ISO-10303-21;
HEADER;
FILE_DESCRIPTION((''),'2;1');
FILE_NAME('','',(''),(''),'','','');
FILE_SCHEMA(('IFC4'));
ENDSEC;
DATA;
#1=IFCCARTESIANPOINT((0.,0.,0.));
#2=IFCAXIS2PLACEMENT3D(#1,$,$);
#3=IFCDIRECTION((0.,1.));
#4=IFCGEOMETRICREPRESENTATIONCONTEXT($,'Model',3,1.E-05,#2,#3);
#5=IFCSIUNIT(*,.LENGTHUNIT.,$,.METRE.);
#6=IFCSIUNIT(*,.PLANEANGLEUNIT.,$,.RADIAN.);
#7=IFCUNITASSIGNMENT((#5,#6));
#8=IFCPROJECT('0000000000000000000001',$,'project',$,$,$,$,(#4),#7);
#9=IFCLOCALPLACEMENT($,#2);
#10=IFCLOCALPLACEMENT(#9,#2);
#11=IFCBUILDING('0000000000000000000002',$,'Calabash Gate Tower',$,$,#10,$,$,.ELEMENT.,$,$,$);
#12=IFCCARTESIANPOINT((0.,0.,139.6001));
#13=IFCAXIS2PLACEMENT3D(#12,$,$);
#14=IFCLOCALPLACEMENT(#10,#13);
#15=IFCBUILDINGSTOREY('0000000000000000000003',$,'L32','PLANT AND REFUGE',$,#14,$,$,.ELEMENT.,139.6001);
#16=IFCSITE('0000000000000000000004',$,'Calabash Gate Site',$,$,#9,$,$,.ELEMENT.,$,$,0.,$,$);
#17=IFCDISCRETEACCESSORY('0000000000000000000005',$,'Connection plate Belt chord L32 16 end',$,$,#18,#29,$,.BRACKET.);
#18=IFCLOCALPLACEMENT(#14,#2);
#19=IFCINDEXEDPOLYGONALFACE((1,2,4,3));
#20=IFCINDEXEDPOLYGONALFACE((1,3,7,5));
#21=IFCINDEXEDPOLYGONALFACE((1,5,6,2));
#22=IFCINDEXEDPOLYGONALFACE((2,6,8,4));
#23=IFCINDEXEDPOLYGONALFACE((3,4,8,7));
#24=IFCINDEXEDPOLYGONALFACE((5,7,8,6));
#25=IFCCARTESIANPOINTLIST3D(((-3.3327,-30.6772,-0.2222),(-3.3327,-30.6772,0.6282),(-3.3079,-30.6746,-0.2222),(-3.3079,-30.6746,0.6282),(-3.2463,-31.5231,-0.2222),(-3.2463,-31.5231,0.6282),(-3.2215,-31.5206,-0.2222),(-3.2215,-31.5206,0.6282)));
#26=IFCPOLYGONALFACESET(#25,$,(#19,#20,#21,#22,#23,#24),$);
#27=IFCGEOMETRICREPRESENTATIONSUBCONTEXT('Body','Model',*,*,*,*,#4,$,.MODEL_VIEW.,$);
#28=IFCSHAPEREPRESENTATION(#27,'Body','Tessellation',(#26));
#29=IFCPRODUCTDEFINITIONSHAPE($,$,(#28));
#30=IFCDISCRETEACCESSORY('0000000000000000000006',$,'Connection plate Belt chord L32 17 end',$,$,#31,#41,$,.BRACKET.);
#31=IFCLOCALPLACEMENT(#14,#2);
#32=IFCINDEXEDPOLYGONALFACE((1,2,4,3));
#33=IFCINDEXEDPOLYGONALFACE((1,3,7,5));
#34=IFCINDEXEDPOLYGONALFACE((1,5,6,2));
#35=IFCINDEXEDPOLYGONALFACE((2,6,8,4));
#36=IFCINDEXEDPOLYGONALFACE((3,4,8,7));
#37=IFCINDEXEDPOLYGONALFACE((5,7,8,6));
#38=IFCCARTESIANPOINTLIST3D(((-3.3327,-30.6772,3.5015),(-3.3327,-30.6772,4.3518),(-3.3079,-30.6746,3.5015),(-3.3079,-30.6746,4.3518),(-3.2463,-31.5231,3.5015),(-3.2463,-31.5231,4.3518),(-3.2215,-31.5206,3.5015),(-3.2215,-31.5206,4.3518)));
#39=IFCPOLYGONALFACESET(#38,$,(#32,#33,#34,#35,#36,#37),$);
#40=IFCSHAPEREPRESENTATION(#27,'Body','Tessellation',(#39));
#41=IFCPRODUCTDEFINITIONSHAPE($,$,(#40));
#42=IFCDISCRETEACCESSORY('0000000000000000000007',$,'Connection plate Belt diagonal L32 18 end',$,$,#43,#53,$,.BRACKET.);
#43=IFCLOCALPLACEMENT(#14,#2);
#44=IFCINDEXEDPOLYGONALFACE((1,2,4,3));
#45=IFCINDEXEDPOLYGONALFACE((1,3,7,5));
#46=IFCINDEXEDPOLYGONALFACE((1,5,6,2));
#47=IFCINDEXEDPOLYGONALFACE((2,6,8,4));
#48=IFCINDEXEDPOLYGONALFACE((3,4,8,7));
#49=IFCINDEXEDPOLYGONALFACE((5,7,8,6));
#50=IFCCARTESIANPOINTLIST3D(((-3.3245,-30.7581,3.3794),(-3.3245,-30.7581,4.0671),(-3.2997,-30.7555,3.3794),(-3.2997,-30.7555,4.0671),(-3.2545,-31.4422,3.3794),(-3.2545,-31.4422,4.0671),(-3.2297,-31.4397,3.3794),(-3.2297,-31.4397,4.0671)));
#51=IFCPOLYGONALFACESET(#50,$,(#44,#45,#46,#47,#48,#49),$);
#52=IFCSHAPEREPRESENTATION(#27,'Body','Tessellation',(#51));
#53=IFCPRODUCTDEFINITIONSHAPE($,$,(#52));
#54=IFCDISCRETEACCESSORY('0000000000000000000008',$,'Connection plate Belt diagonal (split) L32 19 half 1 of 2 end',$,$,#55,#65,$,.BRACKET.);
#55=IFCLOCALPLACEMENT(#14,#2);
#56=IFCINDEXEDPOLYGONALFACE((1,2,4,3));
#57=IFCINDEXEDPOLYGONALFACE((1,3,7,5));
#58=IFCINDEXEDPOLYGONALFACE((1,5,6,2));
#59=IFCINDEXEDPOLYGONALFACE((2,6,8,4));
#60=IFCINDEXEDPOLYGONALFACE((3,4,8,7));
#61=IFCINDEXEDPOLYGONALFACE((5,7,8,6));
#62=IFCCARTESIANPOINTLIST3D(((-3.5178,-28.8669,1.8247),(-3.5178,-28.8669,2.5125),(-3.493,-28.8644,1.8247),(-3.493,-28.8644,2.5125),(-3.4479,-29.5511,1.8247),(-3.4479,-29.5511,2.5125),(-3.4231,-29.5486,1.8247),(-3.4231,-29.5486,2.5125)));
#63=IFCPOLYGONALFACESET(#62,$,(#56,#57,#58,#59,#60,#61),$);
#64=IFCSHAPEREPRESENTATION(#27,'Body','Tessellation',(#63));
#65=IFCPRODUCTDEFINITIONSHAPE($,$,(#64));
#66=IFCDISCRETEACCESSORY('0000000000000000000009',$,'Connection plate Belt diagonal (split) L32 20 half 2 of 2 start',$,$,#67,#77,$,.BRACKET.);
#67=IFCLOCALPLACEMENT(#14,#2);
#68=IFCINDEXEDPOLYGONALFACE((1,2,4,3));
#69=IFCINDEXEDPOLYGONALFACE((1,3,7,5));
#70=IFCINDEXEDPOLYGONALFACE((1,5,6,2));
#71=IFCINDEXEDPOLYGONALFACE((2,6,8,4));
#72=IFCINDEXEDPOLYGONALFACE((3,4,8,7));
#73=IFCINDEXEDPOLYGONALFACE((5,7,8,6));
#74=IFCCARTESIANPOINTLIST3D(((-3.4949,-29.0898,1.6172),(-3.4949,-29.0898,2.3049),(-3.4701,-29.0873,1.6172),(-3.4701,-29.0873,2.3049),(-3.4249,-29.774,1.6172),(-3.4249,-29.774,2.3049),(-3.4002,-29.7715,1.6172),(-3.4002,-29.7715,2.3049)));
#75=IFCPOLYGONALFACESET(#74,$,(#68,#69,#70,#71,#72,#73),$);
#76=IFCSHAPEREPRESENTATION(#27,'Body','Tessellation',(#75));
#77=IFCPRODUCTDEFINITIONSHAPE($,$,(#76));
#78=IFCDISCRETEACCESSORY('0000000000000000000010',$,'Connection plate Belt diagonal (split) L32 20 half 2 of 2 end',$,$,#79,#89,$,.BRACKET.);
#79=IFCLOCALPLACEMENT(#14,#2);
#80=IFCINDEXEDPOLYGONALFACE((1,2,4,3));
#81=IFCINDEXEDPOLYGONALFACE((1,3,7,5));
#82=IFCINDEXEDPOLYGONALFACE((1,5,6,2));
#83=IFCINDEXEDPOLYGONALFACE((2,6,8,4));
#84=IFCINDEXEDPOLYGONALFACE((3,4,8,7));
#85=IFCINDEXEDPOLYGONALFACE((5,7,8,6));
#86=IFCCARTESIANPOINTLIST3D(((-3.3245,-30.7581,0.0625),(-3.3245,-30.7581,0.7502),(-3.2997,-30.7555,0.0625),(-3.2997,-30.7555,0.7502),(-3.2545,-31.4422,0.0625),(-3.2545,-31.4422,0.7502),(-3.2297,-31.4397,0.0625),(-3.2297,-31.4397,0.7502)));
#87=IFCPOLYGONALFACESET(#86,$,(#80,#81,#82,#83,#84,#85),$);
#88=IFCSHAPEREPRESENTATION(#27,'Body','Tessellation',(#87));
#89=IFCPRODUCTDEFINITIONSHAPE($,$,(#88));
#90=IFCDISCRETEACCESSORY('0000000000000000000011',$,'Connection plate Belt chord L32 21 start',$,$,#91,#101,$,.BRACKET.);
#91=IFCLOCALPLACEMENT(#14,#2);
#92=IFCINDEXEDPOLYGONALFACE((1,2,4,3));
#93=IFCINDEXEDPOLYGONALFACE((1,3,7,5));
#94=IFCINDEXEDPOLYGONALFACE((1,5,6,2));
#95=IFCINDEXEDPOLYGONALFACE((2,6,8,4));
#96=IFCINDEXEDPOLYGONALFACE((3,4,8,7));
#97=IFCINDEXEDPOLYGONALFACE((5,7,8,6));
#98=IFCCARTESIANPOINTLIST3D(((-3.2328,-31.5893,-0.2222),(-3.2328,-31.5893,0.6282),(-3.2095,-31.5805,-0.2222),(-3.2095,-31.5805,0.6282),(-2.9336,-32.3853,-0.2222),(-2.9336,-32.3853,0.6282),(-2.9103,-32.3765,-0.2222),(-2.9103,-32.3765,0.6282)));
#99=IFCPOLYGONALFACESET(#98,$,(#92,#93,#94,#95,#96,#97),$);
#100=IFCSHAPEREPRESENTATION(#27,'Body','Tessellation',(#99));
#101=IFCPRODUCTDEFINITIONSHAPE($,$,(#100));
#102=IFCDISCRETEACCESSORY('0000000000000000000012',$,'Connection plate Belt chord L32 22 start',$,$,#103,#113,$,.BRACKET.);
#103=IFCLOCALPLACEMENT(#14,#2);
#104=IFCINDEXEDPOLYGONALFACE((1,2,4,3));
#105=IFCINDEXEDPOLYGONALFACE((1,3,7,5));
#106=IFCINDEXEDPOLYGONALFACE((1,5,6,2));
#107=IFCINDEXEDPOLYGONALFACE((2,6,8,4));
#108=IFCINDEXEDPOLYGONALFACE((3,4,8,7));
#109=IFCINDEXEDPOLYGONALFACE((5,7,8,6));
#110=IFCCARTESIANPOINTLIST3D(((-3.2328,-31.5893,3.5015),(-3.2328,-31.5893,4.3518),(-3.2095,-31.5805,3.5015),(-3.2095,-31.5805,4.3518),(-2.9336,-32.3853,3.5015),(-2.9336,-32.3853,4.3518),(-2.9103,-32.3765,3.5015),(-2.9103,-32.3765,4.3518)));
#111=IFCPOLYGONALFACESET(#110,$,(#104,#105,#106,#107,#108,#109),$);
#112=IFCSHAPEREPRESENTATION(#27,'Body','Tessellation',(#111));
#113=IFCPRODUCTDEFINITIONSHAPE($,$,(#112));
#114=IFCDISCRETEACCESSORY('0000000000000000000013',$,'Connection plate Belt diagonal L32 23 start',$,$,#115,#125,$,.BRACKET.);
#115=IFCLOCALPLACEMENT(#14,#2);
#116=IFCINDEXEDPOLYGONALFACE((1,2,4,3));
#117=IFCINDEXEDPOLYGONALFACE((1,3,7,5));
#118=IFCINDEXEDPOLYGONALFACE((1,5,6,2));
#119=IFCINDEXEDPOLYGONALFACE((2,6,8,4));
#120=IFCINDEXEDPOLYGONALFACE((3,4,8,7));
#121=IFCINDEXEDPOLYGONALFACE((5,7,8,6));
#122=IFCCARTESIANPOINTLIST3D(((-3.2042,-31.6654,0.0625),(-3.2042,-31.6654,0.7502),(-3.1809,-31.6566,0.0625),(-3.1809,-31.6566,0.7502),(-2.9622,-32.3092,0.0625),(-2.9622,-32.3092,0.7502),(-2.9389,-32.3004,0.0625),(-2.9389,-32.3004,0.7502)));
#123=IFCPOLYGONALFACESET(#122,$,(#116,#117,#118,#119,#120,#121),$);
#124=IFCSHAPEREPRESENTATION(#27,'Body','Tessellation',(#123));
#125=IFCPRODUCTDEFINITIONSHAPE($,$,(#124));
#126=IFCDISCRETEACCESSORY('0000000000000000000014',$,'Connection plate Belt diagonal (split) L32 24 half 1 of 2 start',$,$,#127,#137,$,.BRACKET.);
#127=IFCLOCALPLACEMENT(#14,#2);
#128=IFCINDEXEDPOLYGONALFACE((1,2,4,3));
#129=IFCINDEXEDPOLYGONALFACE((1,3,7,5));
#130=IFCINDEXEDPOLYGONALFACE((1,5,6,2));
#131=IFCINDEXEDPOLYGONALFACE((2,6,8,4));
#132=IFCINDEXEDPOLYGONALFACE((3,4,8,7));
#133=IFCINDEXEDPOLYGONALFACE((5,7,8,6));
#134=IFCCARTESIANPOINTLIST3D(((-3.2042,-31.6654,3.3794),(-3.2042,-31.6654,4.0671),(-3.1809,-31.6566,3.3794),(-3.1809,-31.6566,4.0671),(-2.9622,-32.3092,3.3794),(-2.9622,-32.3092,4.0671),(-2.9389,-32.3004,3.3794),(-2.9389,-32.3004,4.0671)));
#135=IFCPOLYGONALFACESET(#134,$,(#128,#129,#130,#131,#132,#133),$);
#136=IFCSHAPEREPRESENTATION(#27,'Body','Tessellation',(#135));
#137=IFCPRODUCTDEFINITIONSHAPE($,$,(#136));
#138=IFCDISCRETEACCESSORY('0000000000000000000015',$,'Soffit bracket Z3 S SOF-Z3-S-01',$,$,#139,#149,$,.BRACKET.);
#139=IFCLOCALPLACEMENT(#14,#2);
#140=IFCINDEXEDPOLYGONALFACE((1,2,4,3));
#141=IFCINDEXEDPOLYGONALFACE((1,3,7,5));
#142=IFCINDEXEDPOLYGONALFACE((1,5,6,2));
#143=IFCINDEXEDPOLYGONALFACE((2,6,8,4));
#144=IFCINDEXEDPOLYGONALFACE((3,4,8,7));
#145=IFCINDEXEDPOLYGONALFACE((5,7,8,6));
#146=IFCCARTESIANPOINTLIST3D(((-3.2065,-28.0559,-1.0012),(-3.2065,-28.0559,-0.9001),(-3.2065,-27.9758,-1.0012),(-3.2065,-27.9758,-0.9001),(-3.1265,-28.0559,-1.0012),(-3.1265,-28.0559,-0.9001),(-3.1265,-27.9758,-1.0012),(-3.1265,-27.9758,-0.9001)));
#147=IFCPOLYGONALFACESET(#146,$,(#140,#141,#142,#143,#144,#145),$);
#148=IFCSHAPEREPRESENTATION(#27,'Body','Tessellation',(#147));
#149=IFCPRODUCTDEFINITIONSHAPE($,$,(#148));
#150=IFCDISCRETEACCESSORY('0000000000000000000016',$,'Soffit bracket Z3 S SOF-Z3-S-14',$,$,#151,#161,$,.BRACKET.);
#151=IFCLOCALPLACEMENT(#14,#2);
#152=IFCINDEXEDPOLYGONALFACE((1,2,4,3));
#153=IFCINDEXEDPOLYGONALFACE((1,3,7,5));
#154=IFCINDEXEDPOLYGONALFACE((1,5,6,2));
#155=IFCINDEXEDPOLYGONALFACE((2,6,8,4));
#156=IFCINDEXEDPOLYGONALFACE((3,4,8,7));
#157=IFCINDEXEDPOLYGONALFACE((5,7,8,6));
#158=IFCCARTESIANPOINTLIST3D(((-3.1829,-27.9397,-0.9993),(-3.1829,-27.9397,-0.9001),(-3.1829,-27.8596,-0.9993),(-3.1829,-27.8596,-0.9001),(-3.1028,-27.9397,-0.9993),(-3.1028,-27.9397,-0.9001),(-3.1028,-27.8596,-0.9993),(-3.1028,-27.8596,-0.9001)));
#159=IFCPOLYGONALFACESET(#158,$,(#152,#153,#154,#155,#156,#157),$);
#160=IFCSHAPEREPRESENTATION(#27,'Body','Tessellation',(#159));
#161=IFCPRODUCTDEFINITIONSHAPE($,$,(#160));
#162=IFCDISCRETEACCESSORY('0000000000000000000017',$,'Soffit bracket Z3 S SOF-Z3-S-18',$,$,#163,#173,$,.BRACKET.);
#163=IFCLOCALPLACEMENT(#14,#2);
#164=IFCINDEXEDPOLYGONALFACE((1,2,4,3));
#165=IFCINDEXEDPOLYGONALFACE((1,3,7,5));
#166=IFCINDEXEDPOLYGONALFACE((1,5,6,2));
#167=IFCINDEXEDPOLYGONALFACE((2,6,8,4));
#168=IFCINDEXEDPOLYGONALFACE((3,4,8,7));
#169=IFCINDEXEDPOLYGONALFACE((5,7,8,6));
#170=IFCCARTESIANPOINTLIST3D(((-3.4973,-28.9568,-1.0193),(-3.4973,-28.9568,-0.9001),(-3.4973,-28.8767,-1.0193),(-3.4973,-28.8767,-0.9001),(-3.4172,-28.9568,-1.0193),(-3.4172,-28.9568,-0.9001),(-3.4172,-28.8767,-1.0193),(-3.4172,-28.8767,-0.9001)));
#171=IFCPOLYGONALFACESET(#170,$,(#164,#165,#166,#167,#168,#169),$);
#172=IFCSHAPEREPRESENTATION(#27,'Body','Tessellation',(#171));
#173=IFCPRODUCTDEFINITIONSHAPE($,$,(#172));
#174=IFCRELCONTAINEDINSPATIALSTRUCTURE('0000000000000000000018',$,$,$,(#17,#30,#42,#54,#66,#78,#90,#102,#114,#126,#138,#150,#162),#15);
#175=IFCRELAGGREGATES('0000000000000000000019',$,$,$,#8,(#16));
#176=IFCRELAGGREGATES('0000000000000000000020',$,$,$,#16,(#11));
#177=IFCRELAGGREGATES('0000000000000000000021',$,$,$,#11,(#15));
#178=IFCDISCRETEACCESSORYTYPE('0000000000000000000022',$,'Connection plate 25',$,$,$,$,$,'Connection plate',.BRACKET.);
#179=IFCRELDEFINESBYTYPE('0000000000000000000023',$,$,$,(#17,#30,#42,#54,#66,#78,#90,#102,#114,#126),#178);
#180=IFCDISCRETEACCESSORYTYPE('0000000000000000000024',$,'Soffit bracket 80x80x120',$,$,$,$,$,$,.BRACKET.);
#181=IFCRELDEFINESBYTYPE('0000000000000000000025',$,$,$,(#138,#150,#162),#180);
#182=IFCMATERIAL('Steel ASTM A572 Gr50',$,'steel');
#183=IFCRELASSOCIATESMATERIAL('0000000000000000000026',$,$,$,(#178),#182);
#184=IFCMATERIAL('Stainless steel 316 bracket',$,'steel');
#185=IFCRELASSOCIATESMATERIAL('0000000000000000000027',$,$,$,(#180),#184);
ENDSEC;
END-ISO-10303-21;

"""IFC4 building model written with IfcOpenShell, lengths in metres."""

from ifc_helpers import new_model, si_unit, direction, frame, origin, origin_2d, place, context, subcontext, project, spatial, rectangle, extrude, material, type_object, element, save


model = new_model("IFC4")

# Units and contexts
model_context = context("Model", 3, precision=1e-05, world=origin(), true_north=direction((0.0, 1.0)))
body_context = subcontext(model_context, "Body", "Model", "MODEL_VIEW")
ifc_project = project(units=[si_unit("LENGTHUNIT", "METRE"), si_unit("PLANEANGLEUNIT", "RADIAN")], contexts=[model_context])

# Site, building, storey
site_placement = place(None, origin())
site = spatial("IfcSite", under=ifc_project, at=site_placement, Name="Calabash Gate Site", CompositionType="ELEMENT", RefElevation=0.0)
building_placement = place(site_placement, origin())
building = spatial("IfcBuilding", under=site, at=building_placement, Name="Calabash Gate Tower", CompositionType="ELEMENT")
storey_placement = place(building_placement, frame((0.0, 0.0, 139.6001)))
storey = spatial("IfcBuildingStorey", under=building, at=storey_placement, Name="L32", Description="PLANT AND REFUGE", CompositionType="ELEMENT", Elevation=139.6001)

# Discrete accessories
ifc_material_1 = material(Name="Steel ASTM A572 Gr50", Category="steel")
discrete_accessory_type_1 = type_object("IfcDiscreteAccessoryType", Name="Connection plate 25", ElementType="Connection plate", PredefinedType="BRACKET", material=ifc_material_1)
for number, where, z_axis, x_axis, name in (
    (1, (-3.2771, -31.0989, -0.2222), (0.0, 0.0, 1.0), (0.101682, -0.994817, 0.0), "Connection plate Belt chord L32 16 end"),
    (2, (-3.2771, -31.0989, 3.5015), (0.0, 0.0, 1.0), (0.101682, -0.994817, 0.0), "Connection plate Belt chord L32 17 end"),
):
    element("IfcDiscreteAccessory", number, at=place(storey_placement, frame(where, z_axis=z_axis, x_axis=x_axis)), inside=storey, type_object=discrete_accessory_type_1, Name=name, PredefinedType="BRACKET", context=body_context, shape_type="SweptSolid", body=[
        extrude(rectangle(XDim=0.8503, YDim=0.0249, at=origin_2d()), origin(), (0.0, 0.0, 1.0), 0.8503),
    ])
for number, where, z_axis, x_axis, name in (
    (3, (-3.2771, -31.0989, 3.3794), (0.0, 0.0, 1.0), (0.101682, -0.994817, 0.0), "Connection plate Belt diagonal L32 18 end"),
    (4, (-3.4705, -29.2078, 1.8247), (0.0, 0.0, 1.0), (0.101682, -0.994817, 0.0), "Connection plate Belt diagonal (split) L32 19 half 1 of 2 end"),
    (5, (-3.4475, -29.4307, 1.6172), (0.0, 0.0, 1.0), (0.101682, -0.994817, 0.0), "Connection plate Belt diagonal (split) L32 20 half 2 of 2 start"),
    (6, (-3.2771, -31.0989, 0.0625), (0.0, 0.0, 1.0), (0.101682, -0.994817, 0.0), "Connection plate Belt diagonal (split) L32 20 half 2 of 2 end"),
):
    element("IfcDiscreteAccessory", number, at=place(storey_placement, frame(where, z_axis=z_axis, x_axis=x_axis)), inside=storey, type_object=discrete_accessory_type_1, Name=name, PredefinedType="BRACKET", context=body_context, shape_type="SweptSolid", body=[
        extrude(rectangle(XDim=0.6877, YDim=0.0249, at=origin_2d()), origin(), (0.0, 0.0, 1.0), 0.6877),
    ])
for number, where, z_axis, x_axis, name in (
    (7, (-3.0715, -31.9829, -0.2222), (0.0, 0.0, 1.0), (0.351822, -0.936067, 0.0), "Connection plate Belt chord L32 21 start"),
    (8, (-3.0715, -31.9829, 3.5015), (0.0, 0.0, 1.0), (0.351822, -0.936067, 0.0), "Connection plate Belt chord L32 22 start"),
):
    element("IfcDiscreteAccessory", number, at=place(storey_placement, frame(where, z_axis=z_axis, x_axis=x_axis)), inside=storey, type_object=discrete_accessory_type_1, Name=name, PredefinedType="BRACKET", context=body_context, shape_type="SweptSolid", body=[
        extrude(rectangle(XDim=0.8503, YDim=0.0249, at=origin_2d()), origin(), (0.0, 0.0, 1.0), 0.8503),
    ])
for number, where, z_axis, x_axis, name in (
    (9, (-3.0715, -31.9829, 0.0625), (0.0, 0.0, 1.0), (0.351822, -0.936067, 0.0), "Connection plate Belt diagonal L32 23 start"),
    (10, (-3.0715, -31.9829, 3.3794), (0.0, 0.0, 1.0), (0.351823, -0.936067, 0.0), "Connection plate Belt diagonal (split) L32 24 half 1 of 2 start"),
):
    element("IfcDiscreteAccessory", number, at=place(storey_placement, frame(where, z_axis=z_axis, x_axis=x_axis)), inside=storey, type_object=discrete_accessory_type_1, Name=name, PredefinedType="BRACKET", context=body_context, shape_type="SweptSolid", body=[
        extrude(rectangle(XDim=0.6877, YDim=0.0249, at=origin_2d()), origin(), (0.0, 0.0, 1.0), 0.6877),
    ])
ifc_material_2 = material(Name="Stainless steel 316 bracket", Category="steel")
discrete_accessory_type_2 = type_object("IfcDiscreteAccessoryType", Name="Soffit bracket 80x80x120", PredefinedType="BRACKET", material=ifc_material_2)
discrete_accessory_1_placement = place(storey_placement, frame((-3.1665, -28.0159, -1.0012), z_axis=(0.0, 0.0, 1.0), x_axis=(1.0, 0.0, 0.0)))
element("IfcDiscreteAccessory", 11, at=discrete_accessory_1_placement, inside=storey, type_object=discrete_accessory_type_2, Name="Soffit bracket Z3 S SOF-Z3-S-01", PredefinedType="BRACKET", context=body_context, shape_type="SweptSolid", body=[
    extrude(rectangle(XDim=0.0801, YDim=0.0801, at=origin_2d()), origin(), (0.0, 0.0, 1.0), 0.1011),
])
discrete_accessory_2_placement = place(storey_placement, frame((-3.1428, -27.8997, -0.9993), z_axis=(0.0, 0.0, 1.0), x_axis=(1.0, 0.0, 0.0)))
element("IfcDiscreteAccessory", 12, at=discrete_accessory_2_placement, inside=storey, type_object=discrete_accessory_type_2, Name="Soffit bracket Z3 S SOF-Z3-S-14", PredefinedType="BRACKET", context=body_context, shape_type="SweptSolid", body=[
    extrude(rectangle(XDim=0.0801, YDim=0.0801, at=origin_2d()), origin(), (0.0, 0.0, 1.0), 0.0991),
])
discrete_accessory_3_placement = place(storey_placement, frame((-3.4573, -28.9167, -1.0193), z_axis=(0.0, 0.0, 1.0), x_axis=(1.0, 0.0, 0.0)))
element("IfcDiscreteAccessory", 13, at=discrete_accessory_3_placement, inside=storey, type_object=discrete_accessory_type_2, Name="Soffit bracket Z3 S SOF-Z3-S-18", PredefinedType="BRACKET", context=body_context, shape_type="SweptSolid", body=[
    extrude(rectangle(XDim=0.0801, YDim=0.0801, at=origin_2d()), origin(), (0.0, 0.0, 1.0), 0.1191),
])

save(model, "model.ifc")
